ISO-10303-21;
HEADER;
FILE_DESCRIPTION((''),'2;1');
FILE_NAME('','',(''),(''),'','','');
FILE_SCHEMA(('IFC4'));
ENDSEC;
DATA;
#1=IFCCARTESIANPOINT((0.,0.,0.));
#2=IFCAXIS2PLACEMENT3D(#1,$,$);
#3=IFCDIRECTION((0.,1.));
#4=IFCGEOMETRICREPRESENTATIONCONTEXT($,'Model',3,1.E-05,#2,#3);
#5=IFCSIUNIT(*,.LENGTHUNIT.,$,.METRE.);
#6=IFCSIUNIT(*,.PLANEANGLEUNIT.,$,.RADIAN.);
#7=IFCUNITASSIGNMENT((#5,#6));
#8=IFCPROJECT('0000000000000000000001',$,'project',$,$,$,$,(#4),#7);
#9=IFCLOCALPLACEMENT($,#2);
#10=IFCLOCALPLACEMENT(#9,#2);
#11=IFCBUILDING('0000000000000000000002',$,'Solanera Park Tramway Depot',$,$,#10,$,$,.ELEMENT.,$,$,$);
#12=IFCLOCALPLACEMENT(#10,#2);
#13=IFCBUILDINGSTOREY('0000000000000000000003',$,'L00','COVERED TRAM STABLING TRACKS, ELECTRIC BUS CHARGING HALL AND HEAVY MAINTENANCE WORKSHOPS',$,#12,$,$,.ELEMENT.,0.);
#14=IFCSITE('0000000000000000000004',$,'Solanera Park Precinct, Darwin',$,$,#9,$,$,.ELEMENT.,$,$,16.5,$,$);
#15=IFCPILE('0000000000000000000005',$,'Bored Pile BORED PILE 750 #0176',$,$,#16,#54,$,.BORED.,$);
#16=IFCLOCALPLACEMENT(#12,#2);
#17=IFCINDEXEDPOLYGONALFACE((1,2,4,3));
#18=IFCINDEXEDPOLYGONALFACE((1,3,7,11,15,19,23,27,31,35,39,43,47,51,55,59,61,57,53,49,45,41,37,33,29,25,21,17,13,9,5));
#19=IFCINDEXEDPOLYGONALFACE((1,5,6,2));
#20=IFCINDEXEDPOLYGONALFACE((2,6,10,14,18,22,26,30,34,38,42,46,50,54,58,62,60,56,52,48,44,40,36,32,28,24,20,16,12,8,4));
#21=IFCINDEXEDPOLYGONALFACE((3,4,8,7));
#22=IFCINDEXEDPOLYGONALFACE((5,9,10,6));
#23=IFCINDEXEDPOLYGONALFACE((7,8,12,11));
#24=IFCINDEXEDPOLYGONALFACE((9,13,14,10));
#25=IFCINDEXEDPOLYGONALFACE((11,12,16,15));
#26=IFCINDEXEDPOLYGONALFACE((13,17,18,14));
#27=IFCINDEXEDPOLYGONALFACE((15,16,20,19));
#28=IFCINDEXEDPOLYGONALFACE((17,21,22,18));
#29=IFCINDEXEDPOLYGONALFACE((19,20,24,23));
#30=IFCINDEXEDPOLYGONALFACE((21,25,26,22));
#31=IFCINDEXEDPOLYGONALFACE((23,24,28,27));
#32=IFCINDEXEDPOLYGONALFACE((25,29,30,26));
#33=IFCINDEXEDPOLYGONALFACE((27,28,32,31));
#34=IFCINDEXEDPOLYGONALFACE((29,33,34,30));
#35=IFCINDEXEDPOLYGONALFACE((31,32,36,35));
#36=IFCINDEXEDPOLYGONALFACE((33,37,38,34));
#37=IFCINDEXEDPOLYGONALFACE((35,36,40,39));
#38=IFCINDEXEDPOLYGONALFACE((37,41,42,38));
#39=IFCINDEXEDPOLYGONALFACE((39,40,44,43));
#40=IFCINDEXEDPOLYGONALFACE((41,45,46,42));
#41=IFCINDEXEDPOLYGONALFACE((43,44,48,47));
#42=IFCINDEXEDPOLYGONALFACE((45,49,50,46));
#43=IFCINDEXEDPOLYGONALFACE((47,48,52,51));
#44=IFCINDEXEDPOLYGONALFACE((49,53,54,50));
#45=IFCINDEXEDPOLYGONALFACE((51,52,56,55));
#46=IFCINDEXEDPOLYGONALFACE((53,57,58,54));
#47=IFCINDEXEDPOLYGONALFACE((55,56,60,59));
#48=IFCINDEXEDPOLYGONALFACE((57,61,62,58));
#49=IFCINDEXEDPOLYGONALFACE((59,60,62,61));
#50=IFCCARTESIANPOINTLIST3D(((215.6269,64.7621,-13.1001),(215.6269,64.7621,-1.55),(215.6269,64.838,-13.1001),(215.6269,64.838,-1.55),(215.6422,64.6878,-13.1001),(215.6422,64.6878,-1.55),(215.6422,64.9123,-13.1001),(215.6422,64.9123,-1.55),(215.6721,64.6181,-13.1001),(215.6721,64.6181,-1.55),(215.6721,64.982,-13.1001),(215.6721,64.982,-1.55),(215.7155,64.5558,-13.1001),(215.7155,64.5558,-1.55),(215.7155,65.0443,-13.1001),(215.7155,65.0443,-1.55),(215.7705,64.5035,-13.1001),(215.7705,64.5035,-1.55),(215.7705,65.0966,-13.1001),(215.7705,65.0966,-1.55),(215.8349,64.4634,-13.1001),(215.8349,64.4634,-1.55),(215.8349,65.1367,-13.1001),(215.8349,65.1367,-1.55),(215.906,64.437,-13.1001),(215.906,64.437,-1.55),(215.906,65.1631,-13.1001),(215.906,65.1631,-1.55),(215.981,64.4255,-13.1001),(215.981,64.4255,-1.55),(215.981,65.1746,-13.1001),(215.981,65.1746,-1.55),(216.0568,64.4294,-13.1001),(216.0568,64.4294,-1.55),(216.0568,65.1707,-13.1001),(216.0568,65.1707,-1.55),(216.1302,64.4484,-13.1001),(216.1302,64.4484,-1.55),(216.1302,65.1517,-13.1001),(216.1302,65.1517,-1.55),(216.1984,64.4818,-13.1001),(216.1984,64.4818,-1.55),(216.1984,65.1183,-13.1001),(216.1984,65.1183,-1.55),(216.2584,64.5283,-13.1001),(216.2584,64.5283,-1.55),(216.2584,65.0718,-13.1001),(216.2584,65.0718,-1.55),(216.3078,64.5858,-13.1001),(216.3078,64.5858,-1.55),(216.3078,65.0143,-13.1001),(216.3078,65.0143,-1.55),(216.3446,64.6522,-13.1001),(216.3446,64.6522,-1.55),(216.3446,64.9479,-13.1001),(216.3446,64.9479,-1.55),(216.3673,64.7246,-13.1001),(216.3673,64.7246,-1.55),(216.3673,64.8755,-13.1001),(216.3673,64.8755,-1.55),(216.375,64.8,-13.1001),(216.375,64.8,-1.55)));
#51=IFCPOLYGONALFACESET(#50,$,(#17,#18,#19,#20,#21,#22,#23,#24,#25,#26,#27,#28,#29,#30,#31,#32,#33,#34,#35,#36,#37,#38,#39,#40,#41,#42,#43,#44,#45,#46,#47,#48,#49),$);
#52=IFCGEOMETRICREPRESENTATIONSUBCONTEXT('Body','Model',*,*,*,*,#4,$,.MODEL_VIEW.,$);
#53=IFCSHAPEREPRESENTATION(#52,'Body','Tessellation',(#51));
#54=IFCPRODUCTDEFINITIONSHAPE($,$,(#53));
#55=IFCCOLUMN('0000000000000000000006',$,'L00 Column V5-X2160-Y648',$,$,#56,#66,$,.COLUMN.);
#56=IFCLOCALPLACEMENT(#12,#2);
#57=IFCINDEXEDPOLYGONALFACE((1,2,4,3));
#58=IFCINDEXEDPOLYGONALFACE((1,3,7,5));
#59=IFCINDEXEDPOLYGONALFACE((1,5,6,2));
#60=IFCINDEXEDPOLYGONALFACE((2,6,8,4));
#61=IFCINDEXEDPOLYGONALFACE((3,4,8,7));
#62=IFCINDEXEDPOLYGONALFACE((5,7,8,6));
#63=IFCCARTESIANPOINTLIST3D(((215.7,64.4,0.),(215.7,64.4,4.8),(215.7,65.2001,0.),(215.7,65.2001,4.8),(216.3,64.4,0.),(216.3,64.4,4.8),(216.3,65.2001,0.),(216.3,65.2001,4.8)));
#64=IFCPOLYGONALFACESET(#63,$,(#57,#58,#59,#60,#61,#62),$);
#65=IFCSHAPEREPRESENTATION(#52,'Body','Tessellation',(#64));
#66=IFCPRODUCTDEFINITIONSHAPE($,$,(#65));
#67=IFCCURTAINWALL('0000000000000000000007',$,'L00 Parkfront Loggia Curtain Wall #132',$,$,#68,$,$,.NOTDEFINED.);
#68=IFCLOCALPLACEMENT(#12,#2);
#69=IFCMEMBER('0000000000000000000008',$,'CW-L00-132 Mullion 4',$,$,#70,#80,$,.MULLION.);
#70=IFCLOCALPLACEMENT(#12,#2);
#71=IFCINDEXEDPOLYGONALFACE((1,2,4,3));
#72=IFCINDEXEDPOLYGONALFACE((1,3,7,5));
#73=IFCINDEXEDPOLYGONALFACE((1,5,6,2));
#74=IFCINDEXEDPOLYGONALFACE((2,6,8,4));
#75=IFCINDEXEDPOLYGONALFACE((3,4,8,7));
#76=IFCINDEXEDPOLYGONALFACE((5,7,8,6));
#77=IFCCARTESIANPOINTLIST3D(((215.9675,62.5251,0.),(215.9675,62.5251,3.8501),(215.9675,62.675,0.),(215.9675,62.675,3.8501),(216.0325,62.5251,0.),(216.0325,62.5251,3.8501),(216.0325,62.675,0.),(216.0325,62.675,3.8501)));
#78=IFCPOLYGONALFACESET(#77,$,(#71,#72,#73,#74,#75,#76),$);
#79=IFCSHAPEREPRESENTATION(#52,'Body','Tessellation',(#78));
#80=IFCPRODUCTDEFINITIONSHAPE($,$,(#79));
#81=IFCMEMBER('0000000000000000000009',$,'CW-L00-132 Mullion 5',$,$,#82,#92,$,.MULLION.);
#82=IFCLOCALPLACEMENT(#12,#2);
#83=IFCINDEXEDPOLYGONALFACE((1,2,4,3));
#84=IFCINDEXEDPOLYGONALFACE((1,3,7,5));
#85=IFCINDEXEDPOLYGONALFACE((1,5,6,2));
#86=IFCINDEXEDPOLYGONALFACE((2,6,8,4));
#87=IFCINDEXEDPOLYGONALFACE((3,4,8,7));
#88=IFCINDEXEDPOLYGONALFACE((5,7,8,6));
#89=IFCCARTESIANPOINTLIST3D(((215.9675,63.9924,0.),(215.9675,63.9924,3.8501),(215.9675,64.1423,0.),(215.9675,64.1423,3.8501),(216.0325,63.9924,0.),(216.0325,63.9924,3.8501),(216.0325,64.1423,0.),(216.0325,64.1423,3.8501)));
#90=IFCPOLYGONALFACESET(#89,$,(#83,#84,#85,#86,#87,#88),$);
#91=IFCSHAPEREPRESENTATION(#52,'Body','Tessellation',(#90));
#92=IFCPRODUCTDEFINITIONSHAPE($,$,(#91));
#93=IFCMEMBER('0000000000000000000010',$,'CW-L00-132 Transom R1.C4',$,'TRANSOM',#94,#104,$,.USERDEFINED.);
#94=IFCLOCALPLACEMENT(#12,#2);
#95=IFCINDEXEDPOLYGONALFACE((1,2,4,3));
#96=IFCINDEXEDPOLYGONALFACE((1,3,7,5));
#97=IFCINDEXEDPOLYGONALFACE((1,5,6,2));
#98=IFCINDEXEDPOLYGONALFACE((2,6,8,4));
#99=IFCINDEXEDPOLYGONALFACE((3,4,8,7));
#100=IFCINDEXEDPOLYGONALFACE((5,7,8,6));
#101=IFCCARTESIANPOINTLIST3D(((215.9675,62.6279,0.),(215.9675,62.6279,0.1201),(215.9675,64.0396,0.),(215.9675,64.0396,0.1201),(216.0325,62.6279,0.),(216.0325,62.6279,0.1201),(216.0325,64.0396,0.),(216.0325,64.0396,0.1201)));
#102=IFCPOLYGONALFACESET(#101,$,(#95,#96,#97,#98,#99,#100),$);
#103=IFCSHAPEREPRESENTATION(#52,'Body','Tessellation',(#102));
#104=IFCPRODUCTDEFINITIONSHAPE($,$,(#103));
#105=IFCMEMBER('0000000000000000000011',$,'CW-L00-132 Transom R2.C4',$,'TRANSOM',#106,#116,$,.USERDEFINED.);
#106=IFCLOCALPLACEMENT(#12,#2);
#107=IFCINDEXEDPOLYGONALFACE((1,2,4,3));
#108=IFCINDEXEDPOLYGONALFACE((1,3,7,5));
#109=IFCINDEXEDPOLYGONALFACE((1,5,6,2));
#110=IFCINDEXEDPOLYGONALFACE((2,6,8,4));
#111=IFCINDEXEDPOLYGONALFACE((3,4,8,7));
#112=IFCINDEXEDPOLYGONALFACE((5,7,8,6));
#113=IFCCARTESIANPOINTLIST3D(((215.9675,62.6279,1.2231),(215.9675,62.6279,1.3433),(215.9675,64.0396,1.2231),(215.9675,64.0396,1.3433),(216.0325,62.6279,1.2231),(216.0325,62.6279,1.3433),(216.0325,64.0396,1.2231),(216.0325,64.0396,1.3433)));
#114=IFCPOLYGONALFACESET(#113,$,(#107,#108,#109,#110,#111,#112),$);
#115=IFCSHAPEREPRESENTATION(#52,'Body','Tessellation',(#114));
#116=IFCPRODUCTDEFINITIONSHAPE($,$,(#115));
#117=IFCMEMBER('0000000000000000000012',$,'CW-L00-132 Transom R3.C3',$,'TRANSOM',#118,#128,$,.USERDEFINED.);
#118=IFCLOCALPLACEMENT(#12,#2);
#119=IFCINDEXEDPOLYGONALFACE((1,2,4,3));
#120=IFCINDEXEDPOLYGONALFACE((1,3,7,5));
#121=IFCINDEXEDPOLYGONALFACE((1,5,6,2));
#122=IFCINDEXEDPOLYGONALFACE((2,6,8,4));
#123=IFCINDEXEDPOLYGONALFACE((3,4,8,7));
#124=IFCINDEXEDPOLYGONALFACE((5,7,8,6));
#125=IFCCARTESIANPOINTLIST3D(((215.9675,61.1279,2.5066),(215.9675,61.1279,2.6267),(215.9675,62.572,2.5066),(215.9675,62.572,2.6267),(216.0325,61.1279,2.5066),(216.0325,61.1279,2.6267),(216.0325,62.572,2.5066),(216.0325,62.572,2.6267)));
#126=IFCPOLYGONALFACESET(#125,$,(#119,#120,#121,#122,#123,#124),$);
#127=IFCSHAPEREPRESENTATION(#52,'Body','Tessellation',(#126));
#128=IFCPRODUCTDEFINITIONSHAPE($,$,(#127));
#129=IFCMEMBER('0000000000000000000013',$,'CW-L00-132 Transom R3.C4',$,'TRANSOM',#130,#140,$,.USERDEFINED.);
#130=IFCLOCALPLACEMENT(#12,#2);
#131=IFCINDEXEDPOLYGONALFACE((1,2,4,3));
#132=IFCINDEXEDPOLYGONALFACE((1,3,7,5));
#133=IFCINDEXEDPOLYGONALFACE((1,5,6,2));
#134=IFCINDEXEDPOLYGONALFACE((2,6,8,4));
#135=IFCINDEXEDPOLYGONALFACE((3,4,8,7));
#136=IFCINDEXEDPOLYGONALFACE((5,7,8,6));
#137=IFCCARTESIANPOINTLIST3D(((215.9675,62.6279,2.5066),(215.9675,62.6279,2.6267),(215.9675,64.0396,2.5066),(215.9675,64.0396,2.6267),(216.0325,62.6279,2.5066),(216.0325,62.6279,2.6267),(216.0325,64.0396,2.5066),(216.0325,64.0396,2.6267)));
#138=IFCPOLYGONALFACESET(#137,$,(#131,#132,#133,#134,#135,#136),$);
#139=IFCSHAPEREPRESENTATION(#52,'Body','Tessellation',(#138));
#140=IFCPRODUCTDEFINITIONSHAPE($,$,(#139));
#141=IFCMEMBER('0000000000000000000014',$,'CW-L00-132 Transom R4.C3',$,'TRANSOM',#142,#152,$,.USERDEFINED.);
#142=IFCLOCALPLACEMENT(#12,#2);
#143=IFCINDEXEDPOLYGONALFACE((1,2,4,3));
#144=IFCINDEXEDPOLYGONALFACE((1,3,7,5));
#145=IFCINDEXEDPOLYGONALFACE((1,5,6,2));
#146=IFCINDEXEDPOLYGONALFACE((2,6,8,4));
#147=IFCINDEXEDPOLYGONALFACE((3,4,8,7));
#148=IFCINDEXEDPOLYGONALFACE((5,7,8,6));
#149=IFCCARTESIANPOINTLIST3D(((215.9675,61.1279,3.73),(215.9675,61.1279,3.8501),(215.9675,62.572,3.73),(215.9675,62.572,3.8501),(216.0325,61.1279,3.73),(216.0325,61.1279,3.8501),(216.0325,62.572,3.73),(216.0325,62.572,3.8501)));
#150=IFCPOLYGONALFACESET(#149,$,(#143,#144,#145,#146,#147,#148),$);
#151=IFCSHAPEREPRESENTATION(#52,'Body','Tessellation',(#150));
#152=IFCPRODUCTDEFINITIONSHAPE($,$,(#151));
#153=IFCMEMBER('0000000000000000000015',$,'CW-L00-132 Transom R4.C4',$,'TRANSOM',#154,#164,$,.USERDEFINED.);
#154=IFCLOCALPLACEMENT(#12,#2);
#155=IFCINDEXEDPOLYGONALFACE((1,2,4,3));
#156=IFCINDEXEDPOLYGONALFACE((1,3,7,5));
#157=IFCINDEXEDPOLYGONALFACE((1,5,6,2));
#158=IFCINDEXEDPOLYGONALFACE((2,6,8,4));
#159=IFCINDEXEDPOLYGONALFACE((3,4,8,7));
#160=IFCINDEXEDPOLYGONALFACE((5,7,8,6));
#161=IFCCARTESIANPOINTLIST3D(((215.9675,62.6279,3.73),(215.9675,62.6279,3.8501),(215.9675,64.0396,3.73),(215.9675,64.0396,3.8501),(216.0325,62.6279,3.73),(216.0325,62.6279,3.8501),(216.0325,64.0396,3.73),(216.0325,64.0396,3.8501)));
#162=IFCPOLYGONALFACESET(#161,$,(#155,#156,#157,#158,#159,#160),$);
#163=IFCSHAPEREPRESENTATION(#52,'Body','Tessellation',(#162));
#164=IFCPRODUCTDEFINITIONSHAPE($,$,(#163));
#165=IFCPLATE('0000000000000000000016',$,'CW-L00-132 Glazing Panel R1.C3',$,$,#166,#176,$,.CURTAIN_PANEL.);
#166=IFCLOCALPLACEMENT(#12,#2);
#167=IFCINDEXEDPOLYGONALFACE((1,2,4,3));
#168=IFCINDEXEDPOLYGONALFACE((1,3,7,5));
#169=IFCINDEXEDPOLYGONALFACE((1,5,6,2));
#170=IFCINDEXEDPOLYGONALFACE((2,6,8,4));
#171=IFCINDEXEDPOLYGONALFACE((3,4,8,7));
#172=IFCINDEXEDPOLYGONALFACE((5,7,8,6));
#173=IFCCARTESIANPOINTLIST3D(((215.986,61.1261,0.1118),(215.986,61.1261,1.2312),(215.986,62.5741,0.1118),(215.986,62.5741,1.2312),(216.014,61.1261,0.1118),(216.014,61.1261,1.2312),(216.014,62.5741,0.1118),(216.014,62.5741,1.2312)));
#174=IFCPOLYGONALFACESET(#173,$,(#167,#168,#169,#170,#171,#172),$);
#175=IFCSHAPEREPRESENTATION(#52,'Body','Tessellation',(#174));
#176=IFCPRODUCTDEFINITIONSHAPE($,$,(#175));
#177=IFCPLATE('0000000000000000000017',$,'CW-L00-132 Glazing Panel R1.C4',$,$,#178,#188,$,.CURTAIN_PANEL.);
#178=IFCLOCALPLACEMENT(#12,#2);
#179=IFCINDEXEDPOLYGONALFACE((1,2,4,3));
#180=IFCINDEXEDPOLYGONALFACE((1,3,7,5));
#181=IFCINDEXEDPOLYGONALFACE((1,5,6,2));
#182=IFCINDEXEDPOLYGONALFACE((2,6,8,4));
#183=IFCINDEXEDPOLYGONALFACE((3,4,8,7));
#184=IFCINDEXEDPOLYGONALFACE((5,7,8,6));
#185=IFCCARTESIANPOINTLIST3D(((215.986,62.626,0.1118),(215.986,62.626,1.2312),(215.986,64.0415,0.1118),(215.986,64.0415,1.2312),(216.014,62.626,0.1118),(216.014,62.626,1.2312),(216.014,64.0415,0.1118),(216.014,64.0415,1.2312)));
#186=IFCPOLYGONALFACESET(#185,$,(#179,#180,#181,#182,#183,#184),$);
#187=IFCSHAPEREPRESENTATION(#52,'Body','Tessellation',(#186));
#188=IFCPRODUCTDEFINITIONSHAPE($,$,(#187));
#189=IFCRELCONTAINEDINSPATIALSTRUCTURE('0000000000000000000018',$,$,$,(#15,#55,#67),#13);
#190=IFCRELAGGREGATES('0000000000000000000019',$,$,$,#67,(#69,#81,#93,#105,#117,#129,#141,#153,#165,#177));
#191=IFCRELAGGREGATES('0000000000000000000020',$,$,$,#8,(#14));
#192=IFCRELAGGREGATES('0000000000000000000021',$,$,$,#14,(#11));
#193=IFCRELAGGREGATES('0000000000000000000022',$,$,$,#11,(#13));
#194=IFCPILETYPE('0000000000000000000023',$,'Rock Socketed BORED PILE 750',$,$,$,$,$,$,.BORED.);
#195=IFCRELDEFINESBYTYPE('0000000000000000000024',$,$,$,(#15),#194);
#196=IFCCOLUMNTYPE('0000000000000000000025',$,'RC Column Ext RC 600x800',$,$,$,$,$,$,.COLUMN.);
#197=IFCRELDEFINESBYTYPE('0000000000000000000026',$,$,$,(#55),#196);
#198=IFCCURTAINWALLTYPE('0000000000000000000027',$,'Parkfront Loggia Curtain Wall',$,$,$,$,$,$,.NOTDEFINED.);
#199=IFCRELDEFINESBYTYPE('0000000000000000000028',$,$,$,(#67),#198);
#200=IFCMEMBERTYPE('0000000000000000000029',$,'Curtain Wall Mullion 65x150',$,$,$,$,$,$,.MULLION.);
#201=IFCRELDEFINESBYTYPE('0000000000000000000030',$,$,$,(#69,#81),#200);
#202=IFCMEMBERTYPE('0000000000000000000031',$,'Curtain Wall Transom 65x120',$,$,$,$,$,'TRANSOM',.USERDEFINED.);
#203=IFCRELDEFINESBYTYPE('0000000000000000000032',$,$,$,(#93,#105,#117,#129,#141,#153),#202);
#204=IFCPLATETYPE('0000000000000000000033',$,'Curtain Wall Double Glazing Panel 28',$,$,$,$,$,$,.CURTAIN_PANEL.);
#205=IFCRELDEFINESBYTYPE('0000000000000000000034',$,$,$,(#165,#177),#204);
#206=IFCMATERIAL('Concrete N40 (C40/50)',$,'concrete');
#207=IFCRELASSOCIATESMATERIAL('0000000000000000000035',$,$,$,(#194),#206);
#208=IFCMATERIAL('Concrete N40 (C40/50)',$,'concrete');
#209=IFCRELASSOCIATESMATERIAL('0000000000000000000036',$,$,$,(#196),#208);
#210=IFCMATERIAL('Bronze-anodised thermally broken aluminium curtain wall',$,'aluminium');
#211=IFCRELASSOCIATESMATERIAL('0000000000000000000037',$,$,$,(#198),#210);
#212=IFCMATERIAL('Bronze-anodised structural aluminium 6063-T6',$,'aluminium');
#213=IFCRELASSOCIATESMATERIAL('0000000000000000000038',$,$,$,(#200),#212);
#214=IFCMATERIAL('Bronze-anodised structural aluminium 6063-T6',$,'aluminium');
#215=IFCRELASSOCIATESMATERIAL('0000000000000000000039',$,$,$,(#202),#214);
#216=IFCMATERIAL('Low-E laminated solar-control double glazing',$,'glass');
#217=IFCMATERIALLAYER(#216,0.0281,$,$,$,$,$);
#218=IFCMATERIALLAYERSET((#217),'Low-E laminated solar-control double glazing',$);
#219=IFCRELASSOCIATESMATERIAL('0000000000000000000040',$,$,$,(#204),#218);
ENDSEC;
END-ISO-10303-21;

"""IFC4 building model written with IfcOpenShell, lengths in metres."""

from ifc_helpers import new_model, si_unit, direction, frame, origin, origin_2d, place, context, subcontext, project, spatial, rectangle, circle, extrude, material, layer, layer_set, material_profile, profile_set, type_object, element, aggregate, save


model = new_model("IFC4")

# Units and contexts
model_context = context("Model", 3, precision=1e-05, world=origin(), true_north=direction((0.0, 1.0)))
body_context = subcontext(model_context, "Body", "Model", "MODEL_VIEW")
ifc_project = project(units=[si_unit("LENGTHUNIT", "METRE"), si_unit("PLANEANGLEUNIT", "RADIAN")], contexts=[model_context])

# Site, building, storey
site_placement = place(None, origin())
site = spatial("IfcSite", under=ifc_project, at=site_placement, Name="Solanera Park Precinct, Darwin", CompositionType="ELEMENT", RefElevation=16.5)
building_placement = place(site_placement, origin())
building = spatial("IfcBuilding", under=site, at=building_placement, Name="Solanera Park Tramway Depot", CompositionType="ELEMENT")
storey_placement = place(building_placement, origin())
storey = spatial("IfcBuildingStorey", under=building, at=storey_placement, Name="L00", Description="COVERED TRAM STABLING TRACKS, ELECTRIC BUS CHARGING HALL AND HEAVY MAINTENANCE WORKSHOPS", CompositionType="ELEMENT", Elevation=0.0)

# Pile
ifc_material_1 = material(Name="Concrete N40 (C40/50)", Category="concrete")
ifc_material_profile_1 = material_profile(ifc_material_1, circle(Radius=0.375, at=origin_2d()), Name="BORED PILE 750")
ifc_profile_set_1 = profile_set([ifc_material_profile_1], Name="Concrete N40 (C40/50)")
pile_type = type_object("IfcPileType", Name="Rock Socketed BORED PILE 750", PredefinedType="BORED", material=ifc_profile_set_1)
pile_placement = place(storey_placement, frame((216.0, 64.8, -1.55), z_axis=(0.0, 0.0, -1.0), x_axis=(1.0, 0.0, 0.0)))
element("IfcPile", 1, at=pile_placement, inside=storey, type_object=pile_type, Name="Bored Pile BORED PILE 750 #0176", PredefinedType="BORED", context=body_context, shape_type="SweptSolid", body=[
    extrude(circle(Radius=0.375, at=origin_2d()), origin(), (0.0, 0.0, 1.0), 11.55),
])

# Column
ifc_material_2 = material(Name="Concrete N40 (C40/50)", Category="concrete")
ifc_material_profile_2 = material_profile(ifc_material_2, rectangle(XDim=0.6001, YDim=0.8, at=origin_2d()), Name="RC 600x800")
ifc_profile_set_2 = profile_set([ifc_material_profile_2], Name="Concrete N40 (C40/50)")
column_type = type_object("IfcColumnType", Name="RC Column Ext RC 600x800", PredefinedType="COLUMN", material=ifc_profile_set_2)
column_placement = place(storey_placement, frame((216.0, 64.8, 0.0), z_axis=(0.0, 0.0, 1.0), x_axis=(1.0, 0.0, 0.0)))
element("IfcColumn", 2, at=column_placement, inside=storey, type_object=column_type, Name="L00 Column V5-X2160-Y648", PredefinedType="COLUMN", context=body_context, shape_type="SweptSolid", body=[
    extrude(rectangle(XDim=0.6001, YDim=0.8, at=origin_2d()), origin(), (0.0, 0.0, 1.0), 4.8),
])

# Curtain wall, members, plates
ifc_material_3 = material(Name="Bronze-anodised thermally broken aluminium curtain wall", Category="aluminium")
curtain_wall_type = type_object("IfcCurtainWallType", Name="Parkfront Loggia Curtain Wall", PredefinedType="NOTDEFINED", material=ifc_material_3)
curtain_wall_placement = place(storey_placement, origin())
curtain_wall = element("IfcCurtainWall", 3, at=curtain_wall_placement, inside=storey, type_object=curtain_wall_type, Name="L00 Parkfront Loggia Curtain Wall #132", PredefinedType="NOTDEFINED")
ifc_material_4 = material(Name="Bronze-anodised structural aluminium 6063-T6", Category="aluminium")
ifc_material_profile_3 = material_profile(ifc_material_4, rectangle(XDim=0.0649, YDim=0.1499, at=origin_2d()), Name="Curtain Wall Mullion 65x150")
ifc_profile_set_3 = profile_set([ifc_material_profile_3], Name="Bronze-anodised structural aluminium 6063-T6")
member_type_1 = type_object("IfcMemberType", Name="Curtain Wall Mullion 65x150", PredefinedType="MULLION", material=ifc_profile_set_3)
member_1_placement = place(storey_placement, frame((216.0, 62.6001, 0.0), z_axis=(0.0, 0.0, 1.0), x_axis=(1.0, 0.0, 0.0)))
member_1 = element("IfcMember", 4, at=member_1_placement, type_object=member_type_1, Name="CW-L00-132 Mullion 4", PredefinedType="MULLION", context=body_context, shape_type="SweptSolid", body=[
    extrude(rectangle(XDim=0.0649, YDim=0.1499, at=origin_2d()), origin(), (0.0, 0.0, 1.0), 3.8501),
])
member_2_placement = place(storey_placement, frame((216.0, 64.0674, 0.0), z_axis=(0.0, 0.0, 1.0), x_axis=(1.0, 0.0, 0.0)))
member_2 = element("IfcMember", 5, at=member_2_placement, type_object=member_type_1, Name="CW-L00-132 Mullion 5", PredefinedType="MULLION", context=body_context, shape_type="SweptSolid", body=[
    extrude(rectangle(XDim=0.0649, YDim=0.1499, at=origin_2d()), origin(), (0.0, 0.0, 1.0), 3.8501),
])
ifc_material_5 = material(Name="Bronze-anodised structural aluminium 6063-T6", Category="aluminium")
ifc_material_profile_4 = material_profile(ifc_material_5, rectangle(XDim=0.0649, YDim=0.1201, at=origin_2d()), Name="Curtain Wall Transom 65x120")
ifc_profile_set_4 = profile_set([ifc_material_profile_4], Name="Bronze-anodised structural aluminium 6063-T6")
member_type_2 = type_object("IfcMemberType", Name="Curtain Wall Transom 65x120", ElementType="TRANSOM", PredefinedType="USERDEFINED", material=ifc_profile_set_4)
member_3_placement = place(storey_placement, frame((216.0, 62.6279, 0.0601), z_axis=(0.0, 1.0, 0.0), x_axis=(-1.0, 0.0, 0.0)))
member_3 = element("IfcMember", 6, at=member_3_placement, type_object=member_type_2, Name="CW-L00-132 Transom R1.C4", ObjectType="TRANSOM", PredefinedType="USERDEFINED", context=body_context, shape_type="SweptSolid", body=[
    extrude(rectangle(XDim=0.0649, YDim=0.1201, at=origin_2d()), origin(), (0.0, 0.0, 1.0), 1.4116),
])
member_4_placement = place(storey_placement, frame((216.0, 62.6279, 1.2832), z_axis=(0.0, 1.0, 0.0), x_axis=(-1.0, 0.0, 0.0)))
member_4 = element("IfcMember", 7, at=member_4_placement, type_object=member_type_2, Name="CW-L00-132 Transom R2.C4", ObjectType="TRANSOM", PredefinedType="USERDEFINED", context=body_context, shape_type="SweptSolid", body=[
    extrude(rectangle(XDim=0.0649, YDim=0.1201, at=origin_2d()), origin(), (0.0, 0.0, 1.0), 1.4116),
])
member_5_placement = place(storey_placement, frame((216.0, 61.1279, 2.5667), z_axis=(0.0, 1.0, 0.0), x_axis=(-1.0, 0.0, 0.0)))
member_5 = element("IfcMember", 8, at=member_5_placement, type_object=member_type_2, Name="CW-L00-132 Transom R3.C3", ObjectType="TRANSOM", PredefinedType="USERDEFINED", context=body_context, shape_type="SweptSolid", body=[
    extrude(rectangle(XDim=0.0649, YDim=0.1201, at=origin_2d()), origin(), (0.0, 0.0, 1.0), 1.4441),
])
member_6_placement = place(storey_placement, frame((216.0, 62.6279, 2.5667), z_axis=(0.0, 1.0, 0.0), x_axis=(-1.0, 0.0, 0.0)))
member_6 = element("IfcMember", 9, at=member_6_placement, type_object=member_type_2, Name="CW-L00-132 Transom R3.C4", ObjectType="TRANSOM", PredefinedType="USERDEFINED", context=body_context, shape_type="SweptSolid", body=[
    extrude(rectangle(XDim=0.0649, YDim=0.1201, at=origin_2d()), origin(), (0.0, 0.0, 1.0), 1.4116),
])
member_7_placement = place(storey_placement, frame((216.0, 61.1279, 3.79), z_axis=(0.0, 1.0, 0.0), x_axis=(-1.0, 0.0, 0.0)))
member_7 = element("IfcMember", 10, at=member_7_placement, type_object=member_type_2, Name="CW-L00-132 Transom R4.C3", ObjectType="TRANSOM", PredefinedType="USERDEFINED", context=body_context, shape_type="SweptSolid", body=[
    extrude(rectangle(XDim=0.0649, YDim=0.1201, at=origin_2d()), origin(), (0.0, 0.0, 1.0), 1.4441),
])
member_8_placement = place(storey_placement, frame((216.0, 62.6279, 3.79), z_axis=(0.0, 1.0, 0.0), x_axis=(-1.0, 0.0, 0.0)))
member_8 = element("IfcMember", 11, at=member_8_placement, type_object=member_type_2, Name="CW-L00-132 Transom R4.C4", ObjectType="TRANSOM", PredefinedType="USERDEFINED", context=body_context, shape_type="SweptSolid", body=[
    extrude(rectangle(XDim=0.0649, YDim=0.1201, at=origin_2d()), origin(), (0.0, 0.0, 1.0), 1.4116),
])
ifc_material_6 = material(Name="Low-E laminated solar-control double glazing", Category="glass")
ifc_layer_1 = layer(ifc_material_6, 0.0281)
ifc_layer_set_1 = layer_set([ifc_layer_1], Name="Low-E laminated solar-control double glazing")
plate_type = type_object("IfcPlateType", Name="Curtain Wall Double Glazing Panel 28", PredefinedType="CURTAIN_PANEL", material=ifc_layer_set_1)
plate_1_placement = place(storey_placement, frame((216.0, 61.8501, 0.1118), z_axis=(0.0, 0.0, 1.0), x_axis=(0.0, 1.0, 0.0)))
plate_1 = element("IfcPlate", 12, at=plate_1_placement, type_object=plate_type, Name="CW-L00-132 Glazing Panel R1.C3", PredefinedType="CURTAIN_PANEL", context=body_context, shape_type="SweptSolid", body=[
    extrude(rectangle(XDim=1.448, YDim=0.0281, at=origin_2d()), origin(), (0.0, 0.0, 1.0), 1.1194),
])
plate_2_placement = place(storey_placement, frame((216.0, 63.3337, 0.1118), z_axis=(0.0, 0.0, 1.0), x_axis=(0.0, 1.0, 0.0)))
plate_2 = element("IfcPlate", 13, at=plate_2_placement, type_object=plate_type, Name="CW-L00-132 Glazing Panel R1.C4", PredefinedType="CURTAIN_PANEL", context=body_context, shape_type="SweptSolid", body=[
    extrude(rectangle(XDim=1.4155, YDim=0.0281, at=origin_2d()), origin(), (0.0, 0.0, 1.0), 1.1194),
])
aggregate(curtain_wall, [member_1, member_2, member_3, member_4, member_5, member_6, member_7, member_8, plate_1, plate_2])

save(model, "model.ifc")
